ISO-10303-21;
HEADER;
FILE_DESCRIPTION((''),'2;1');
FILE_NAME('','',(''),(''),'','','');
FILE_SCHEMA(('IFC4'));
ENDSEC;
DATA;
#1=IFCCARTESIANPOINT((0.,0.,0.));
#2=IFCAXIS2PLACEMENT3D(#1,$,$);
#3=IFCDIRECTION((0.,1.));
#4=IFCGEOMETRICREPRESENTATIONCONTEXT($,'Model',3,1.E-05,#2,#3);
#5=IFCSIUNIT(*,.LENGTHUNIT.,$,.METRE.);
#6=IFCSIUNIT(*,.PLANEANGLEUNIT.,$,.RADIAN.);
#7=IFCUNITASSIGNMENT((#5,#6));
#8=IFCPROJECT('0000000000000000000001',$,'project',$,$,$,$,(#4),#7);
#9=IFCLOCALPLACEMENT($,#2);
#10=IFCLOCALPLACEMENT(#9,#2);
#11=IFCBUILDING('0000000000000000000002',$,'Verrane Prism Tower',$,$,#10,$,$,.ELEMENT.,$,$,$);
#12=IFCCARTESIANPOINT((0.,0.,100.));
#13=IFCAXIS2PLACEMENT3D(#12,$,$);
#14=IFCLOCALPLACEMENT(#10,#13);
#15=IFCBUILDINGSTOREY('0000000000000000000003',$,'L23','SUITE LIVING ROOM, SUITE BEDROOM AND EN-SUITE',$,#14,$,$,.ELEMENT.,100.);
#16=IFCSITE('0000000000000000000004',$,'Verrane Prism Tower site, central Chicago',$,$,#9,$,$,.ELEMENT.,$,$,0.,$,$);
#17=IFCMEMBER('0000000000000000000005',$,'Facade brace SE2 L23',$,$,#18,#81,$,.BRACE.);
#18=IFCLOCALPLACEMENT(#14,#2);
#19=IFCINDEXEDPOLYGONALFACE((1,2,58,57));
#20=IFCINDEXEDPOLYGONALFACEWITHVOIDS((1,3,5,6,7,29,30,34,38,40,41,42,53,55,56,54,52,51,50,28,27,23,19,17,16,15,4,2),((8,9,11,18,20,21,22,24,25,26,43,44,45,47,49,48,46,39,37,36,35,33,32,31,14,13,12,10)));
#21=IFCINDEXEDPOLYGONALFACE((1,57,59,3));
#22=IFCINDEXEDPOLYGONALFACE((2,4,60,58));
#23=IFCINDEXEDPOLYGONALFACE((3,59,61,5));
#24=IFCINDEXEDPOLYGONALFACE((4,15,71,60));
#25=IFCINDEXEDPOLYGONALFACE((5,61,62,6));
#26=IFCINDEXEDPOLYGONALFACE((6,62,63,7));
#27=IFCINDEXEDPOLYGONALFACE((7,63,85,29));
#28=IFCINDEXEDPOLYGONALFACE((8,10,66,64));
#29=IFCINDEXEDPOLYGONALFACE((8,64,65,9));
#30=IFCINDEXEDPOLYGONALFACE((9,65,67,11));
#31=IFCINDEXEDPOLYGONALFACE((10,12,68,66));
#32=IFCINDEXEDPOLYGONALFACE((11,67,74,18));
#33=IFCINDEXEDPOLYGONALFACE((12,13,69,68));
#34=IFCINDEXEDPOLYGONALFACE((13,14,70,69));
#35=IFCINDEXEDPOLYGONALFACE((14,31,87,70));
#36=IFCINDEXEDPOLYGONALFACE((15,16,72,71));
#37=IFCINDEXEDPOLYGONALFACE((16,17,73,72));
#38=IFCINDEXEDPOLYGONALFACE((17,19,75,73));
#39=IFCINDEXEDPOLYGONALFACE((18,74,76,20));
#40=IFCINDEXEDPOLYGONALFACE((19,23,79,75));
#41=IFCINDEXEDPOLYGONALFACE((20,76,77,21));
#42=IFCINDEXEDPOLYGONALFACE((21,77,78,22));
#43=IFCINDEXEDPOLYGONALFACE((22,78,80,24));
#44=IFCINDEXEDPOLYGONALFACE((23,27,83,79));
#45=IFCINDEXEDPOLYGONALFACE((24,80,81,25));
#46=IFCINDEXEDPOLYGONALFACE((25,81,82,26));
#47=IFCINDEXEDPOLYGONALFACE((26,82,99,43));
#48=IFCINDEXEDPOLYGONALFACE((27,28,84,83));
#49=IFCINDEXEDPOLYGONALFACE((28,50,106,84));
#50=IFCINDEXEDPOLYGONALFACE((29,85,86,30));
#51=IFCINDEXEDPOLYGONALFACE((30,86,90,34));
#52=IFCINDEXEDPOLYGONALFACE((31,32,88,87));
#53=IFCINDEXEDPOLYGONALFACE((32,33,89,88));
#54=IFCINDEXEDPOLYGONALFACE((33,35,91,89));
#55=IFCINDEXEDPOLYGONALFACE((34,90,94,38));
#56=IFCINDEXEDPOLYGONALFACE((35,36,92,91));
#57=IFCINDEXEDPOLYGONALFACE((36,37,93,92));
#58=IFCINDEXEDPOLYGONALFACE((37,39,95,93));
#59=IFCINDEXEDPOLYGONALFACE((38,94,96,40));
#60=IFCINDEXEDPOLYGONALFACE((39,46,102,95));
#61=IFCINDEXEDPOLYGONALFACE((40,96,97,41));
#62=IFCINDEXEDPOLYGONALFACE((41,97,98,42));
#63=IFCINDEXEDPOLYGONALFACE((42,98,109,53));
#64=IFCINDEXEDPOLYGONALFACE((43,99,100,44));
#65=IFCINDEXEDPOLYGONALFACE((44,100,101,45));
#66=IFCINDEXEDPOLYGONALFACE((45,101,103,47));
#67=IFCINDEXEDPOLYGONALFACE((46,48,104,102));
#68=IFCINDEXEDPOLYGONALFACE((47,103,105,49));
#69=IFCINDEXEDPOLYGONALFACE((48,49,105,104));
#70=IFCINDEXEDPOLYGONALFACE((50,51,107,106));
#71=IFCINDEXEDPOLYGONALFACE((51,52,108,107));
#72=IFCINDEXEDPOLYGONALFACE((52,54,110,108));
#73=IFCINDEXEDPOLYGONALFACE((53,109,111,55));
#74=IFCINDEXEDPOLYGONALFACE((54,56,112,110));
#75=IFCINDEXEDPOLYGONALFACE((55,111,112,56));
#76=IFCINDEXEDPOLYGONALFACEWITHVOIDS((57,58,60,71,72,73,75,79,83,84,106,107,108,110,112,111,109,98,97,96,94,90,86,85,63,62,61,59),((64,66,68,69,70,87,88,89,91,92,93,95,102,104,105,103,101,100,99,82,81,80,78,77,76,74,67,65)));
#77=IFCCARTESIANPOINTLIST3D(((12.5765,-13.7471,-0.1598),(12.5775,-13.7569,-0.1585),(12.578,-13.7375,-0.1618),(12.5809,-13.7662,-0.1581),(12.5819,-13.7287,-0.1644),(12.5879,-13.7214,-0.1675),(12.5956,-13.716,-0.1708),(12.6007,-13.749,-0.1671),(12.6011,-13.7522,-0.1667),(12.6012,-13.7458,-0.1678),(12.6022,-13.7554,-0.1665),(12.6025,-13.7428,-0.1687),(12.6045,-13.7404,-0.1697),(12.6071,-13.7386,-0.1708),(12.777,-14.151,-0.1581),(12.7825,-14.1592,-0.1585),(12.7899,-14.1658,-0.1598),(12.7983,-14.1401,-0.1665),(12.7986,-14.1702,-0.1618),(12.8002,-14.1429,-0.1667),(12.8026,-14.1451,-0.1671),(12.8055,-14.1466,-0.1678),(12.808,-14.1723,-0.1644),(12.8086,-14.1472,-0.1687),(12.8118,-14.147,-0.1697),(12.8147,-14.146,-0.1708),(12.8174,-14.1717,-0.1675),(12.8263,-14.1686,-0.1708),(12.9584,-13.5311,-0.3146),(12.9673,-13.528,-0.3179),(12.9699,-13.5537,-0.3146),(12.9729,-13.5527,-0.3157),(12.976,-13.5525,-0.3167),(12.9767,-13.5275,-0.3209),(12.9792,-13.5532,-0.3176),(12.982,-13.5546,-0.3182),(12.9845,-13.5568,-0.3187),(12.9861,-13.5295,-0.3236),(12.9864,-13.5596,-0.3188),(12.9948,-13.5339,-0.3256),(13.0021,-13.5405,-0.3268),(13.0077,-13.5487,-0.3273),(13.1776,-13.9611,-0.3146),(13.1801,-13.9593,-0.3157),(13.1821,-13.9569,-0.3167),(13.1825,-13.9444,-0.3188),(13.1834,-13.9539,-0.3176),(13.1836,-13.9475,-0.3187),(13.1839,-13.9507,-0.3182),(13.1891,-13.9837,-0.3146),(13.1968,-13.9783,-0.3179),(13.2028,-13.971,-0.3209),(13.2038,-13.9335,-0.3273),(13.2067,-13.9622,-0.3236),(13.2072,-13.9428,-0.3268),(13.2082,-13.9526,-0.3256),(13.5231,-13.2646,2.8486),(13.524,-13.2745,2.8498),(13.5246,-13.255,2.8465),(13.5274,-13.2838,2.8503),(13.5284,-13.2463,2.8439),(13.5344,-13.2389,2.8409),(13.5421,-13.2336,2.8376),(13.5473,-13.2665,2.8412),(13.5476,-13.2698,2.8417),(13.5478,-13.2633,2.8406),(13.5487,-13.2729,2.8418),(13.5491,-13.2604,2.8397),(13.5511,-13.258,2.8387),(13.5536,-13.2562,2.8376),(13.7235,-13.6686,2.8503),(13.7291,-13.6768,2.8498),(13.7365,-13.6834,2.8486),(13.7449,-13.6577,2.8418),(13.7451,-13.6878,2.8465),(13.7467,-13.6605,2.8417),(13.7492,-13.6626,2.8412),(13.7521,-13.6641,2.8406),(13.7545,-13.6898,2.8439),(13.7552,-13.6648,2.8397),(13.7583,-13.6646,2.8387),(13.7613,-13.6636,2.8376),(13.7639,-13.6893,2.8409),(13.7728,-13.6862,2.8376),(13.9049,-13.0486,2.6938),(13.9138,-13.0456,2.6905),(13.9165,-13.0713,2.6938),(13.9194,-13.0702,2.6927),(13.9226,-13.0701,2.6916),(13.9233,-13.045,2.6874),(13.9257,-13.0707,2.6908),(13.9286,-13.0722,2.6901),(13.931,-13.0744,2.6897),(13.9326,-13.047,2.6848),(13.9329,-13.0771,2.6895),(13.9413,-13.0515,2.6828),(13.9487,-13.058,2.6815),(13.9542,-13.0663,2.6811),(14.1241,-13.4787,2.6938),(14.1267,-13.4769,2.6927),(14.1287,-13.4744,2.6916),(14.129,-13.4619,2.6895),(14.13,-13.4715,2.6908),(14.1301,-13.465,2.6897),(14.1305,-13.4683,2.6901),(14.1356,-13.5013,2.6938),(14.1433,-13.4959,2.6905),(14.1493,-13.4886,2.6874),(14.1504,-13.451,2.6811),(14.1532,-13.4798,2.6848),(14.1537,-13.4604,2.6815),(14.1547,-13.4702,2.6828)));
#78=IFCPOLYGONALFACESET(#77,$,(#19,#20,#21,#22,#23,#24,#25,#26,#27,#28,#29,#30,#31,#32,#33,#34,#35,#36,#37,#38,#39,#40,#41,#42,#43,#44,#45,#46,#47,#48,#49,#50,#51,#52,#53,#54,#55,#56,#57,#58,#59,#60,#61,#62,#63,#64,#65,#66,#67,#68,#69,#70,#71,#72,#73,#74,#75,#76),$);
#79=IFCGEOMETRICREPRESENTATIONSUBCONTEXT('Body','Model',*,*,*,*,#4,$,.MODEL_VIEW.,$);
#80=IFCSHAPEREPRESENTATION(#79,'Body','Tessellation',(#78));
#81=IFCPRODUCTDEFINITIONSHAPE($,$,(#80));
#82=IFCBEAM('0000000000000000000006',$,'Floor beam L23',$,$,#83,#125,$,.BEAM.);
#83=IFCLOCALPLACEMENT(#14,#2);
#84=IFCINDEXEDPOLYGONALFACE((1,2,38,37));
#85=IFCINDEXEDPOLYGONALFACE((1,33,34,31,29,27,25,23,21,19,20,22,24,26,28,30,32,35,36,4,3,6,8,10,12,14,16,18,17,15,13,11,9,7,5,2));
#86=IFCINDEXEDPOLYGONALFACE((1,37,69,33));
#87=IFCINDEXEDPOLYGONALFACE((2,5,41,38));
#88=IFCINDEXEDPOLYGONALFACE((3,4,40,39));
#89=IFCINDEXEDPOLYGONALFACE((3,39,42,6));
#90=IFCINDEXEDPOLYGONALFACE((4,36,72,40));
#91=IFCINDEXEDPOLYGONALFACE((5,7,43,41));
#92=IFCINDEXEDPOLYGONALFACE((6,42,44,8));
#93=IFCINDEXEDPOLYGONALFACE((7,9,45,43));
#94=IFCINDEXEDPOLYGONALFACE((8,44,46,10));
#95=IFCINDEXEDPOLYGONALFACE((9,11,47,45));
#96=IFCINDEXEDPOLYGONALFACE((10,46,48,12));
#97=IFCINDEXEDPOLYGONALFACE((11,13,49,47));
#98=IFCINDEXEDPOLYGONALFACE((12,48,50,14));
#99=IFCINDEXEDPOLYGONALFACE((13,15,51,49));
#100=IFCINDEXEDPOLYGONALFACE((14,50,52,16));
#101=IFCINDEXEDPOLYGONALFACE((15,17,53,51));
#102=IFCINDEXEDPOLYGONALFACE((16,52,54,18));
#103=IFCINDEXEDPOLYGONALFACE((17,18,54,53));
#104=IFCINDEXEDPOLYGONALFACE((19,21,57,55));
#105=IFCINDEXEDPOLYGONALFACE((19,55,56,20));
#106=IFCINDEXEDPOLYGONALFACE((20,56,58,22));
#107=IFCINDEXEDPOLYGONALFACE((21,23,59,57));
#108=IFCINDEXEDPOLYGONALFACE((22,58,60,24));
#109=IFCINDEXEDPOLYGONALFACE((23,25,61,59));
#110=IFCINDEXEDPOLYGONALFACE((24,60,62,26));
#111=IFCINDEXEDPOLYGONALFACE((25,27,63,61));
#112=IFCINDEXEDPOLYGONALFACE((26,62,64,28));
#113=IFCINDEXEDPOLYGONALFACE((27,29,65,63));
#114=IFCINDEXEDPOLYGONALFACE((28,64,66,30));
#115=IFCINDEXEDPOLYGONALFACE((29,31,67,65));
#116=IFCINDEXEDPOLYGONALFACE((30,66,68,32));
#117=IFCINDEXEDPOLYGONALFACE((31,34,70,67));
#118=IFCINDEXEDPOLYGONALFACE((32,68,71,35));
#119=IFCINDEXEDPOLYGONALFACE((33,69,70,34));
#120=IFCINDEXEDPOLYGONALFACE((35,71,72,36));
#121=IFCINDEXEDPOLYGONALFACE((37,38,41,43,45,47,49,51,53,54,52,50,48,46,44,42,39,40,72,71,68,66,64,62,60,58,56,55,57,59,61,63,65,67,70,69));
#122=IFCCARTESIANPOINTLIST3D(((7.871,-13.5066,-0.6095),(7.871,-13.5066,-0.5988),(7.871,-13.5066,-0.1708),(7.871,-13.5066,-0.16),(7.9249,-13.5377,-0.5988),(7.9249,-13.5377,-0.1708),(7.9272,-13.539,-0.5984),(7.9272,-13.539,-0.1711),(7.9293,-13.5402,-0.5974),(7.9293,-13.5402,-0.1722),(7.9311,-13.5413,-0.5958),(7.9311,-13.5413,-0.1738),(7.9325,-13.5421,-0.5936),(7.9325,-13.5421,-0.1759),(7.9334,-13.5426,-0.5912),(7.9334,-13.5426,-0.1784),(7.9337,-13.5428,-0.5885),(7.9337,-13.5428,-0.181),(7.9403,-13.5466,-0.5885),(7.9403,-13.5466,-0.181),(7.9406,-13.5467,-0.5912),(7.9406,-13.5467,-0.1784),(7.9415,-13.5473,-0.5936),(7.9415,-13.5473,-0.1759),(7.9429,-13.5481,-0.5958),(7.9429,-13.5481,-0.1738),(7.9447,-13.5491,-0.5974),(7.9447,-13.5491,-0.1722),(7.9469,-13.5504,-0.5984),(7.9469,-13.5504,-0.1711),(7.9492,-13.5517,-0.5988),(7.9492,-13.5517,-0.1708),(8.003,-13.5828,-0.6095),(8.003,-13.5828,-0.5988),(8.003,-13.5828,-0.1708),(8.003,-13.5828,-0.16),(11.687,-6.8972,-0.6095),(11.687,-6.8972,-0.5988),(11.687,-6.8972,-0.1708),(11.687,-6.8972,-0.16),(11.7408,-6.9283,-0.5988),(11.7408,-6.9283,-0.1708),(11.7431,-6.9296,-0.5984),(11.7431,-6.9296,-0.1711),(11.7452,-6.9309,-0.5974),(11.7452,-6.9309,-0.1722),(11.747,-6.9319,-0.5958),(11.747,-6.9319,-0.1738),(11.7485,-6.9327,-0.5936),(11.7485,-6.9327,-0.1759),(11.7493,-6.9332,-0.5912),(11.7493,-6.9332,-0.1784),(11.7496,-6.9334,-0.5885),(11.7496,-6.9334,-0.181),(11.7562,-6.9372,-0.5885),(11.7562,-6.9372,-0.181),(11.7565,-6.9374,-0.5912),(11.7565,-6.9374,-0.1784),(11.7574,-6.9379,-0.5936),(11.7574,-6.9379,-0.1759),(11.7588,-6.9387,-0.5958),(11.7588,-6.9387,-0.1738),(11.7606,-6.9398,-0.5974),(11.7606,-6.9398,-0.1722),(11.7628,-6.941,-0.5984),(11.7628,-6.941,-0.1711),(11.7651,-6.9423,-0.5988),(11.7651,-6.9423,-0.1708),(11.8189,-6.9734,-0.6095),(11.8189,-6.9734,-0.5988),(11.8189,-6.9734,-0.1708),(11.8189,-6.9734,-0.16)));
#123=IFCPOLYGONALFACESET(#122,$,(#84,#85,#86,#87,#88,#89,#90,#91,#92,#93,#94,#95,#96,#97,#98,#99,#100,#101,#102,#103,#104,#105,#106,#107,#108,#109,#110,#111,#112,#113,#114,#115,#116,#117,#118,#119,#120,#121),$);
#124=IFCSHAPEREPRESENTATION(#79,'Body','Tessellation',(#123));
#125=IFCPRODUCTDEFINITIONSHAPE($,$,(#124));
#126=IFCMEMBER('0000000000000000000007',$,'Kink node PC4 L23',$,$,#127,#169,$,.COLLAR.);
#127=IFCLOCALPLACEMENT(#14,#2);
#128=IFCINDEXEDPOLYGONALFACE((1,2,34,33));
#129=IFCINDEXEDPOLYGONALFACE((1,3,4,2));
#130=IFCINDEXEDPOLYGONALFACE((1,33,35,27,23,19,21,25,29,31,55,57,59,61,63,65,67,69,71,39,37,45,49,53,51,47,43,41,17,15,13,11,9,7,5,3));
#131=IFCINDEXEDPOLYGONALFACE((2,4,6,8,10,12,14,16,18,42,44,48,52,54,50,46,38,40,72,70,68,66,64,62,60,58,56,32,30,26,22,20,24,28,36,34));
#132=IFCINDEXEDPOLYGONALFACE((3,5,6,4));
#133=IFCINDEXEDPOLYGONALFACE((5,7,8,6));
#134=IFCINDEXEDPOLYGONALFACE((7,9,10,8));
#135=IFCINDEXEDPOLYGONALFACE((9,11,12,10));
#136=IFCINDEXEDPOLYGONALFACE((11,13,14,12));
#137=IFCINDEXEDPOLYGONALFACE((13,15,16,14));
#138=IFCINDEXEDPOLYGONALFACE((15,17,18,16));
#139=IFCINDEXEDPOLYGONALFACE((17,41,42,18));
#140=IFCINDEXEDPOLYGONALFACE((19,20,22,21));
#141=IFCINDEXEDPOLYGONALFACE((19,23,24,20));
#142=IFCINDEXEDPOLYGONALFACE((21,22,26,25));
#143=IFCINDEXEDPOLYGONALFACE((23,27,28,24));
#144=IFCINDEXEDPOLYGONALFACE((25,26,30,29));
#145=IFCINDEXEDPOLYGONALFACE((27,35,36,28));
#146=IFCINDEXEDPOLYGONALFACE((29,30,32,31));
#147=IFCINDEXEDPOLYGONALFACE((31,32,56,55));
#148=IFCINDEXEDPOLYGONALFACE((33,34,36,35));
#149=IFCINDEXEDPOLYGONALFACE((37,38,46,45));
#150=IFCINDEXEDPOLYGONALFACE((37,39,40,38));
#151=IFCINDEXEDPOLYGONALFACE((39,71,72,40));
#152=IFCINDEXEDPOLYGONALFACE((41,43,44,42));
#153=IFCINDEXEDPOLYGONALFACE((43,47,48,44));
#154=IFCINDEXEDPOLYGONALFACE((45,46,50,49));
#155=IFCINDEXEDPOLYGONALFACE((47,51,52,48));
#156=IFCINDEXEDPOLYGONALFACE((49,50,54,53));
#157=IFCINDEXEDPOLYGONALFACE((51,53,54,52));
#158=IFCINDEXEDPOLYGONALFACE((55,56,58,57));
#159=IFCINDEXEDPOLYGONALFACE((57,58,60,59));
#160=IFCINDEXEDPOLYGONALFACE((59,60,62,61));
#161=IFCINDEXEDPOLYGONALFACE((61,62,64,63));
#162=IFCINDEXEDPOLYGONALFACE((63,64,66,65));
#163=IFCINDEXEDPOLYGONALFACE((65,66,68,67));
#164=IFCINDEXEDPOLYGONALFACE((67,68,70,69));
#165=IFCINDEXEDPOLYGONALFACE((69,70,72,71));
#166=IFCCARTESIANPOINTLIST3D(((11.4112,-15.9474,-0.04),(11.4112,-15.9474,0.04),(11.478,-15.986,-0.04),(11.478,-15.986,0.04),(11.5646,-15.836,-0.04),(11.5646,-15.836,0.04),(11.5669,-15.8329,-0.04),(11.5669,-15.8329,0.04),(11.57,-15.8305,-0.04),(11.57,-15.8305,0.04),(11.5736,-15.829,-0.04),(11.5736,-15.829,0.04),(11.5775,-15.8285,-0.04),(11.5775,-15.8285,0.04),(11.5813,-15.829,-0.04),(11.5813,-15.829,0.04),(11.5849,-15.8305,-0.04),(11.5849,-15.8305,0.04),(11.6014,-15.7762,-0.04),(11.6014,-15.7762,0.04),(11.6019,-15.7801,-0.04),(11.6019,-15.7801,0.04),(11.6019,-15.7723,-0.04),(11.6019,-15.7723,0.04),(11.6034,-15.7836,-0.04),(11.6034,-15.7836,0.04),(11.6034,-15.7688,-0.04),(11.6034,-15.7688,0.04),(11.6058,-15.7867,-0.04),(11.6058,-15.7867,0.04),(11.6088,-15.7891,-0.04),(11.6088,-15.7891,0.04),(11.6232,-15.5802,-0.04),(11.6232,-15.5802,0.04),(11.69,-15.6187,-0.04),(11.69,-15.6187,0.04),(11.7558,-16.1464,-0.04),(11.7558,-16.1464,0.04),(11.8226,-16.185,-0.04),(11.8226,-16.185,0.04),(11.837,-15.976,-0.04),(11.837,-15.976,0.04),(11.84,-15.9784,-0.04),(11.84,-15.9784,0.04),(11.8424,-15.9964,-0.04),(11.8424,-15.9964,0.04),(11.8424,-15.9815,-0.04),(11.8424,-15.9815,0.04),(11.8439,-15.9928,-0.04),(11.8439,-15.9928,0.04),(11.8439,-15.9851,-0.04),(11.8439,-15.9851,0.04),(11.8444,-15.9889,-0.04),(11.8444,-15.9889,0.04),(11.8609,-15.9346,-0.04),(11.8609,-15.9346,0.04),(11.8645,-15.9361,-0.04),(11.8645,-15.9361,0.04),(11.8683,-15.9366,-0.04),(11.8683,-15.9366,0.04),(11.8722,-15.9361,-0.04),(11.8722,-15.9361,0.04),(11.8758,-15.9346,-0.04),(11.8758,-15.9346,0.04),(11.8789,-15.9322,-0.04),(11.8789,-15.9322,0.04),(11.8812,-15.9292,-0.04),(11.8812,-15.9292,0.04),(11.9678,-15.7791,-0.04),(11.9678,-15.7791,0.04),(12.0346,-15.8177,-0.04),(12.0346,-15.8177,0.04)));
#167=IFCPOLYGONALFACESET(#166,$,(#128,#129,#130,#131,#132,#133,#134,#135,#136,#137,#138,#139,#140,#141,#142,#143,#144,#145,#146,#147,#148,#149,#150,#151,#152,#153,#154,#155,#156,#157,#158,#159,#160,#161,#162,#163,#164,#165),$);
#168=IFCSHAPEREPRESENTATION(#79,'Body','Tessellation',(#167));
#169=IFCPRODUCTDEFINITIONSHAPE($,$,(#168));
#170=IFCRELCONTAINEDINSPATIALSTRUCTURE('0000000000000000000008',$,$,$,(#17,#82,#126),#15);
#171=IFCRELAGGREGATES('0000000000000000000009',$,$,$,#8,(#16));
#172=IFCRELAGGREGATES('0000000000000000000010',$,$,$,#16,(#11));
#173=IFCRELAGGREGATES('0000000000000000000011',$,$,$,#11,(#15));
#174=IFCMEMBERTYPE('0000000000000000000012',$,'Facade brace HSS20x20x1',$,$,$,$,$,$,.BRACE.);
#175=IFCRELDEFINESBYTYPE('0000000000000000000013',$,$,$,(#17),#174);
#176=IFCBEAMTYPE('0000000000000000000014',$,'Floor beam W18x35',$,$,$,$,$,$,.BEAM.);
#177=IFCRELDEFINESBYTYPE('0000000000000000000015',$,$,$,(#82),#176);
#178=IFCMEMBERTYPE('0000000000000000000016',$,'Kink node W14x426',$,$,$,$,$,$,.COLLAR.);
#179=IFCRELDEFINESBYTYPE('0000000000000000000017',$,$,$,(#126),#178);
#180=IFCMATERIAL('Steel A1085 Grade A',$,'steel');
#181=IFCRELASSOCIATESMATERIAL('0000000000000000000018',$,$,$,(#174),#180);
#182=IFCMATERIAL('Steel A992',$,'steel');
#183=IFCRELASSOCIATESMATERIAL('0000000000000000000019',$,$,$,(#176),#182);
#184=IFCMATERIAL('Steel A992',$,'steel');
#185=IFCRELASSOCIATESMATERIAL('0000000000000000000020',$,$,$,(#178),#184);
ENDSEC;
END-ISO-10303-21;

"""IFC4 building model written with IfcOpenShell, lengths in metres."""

from ifc_helpers import new_model, si_unit, direction, frame, origin, origin_2d, place, context, subcontext, project, spatial, hollow_rectangle, i_section, extrude, material, material_profile, profile_set, type_object, element, save


model = new_model("IFC4")

# Units and contexts
model_context = context("Model", 3, precision=1e-05, world=origin(), true_north=direction((0.0, 1.0)))
body_context = subcontext(model_context, "Body", "Model", "MODEL_VIEW")
ifc_project = project(units=[si_unit("LENGTHUNIT", "METRE"), si_unit("PLANEANGLEUNIT", "RADIAN")], contexts=[model_context])

# Site, building, storey
site_placement = place(None, origin())
site = spatial("IfcSite", under=ifc_project, at=site_placement, Name="Verrane Prism Tower site, central Chicago", CompositionType="ELEMENT", RefElevation=0.0)
building_placement = place(site_placement, origin())
building = spatial("IfcBuilding", under=site, at=building_placement, Name="Verrane Prism Tower", CompositionType="ELEMENT")
storey_placement = place(building_placement, frame((0.0, 0.0, 100.0)))
storey = spatial("IfcBuildingStorey", under=building, at=storey_placement, Name="L23", Description="SUITE LIVING ROOM, SUITE BEDROOM AND EN-SUITE", CompositionType="ELEMENT", Elevation=100.0)

# Member
ifc_material_1 = material(Name="Steel A1085 Grade A", Category="steel")
ifc_material_profile_1 = material_profile(ifc_material_1, hollow_rectangle(XDim=0.5081, YDim=0.5081, WallThickness=0.0254, InnerFilletRadius=0.0127, OuterFilletRadius=0.0381, at=origin_2d()), Name="HSS20x20x1")
ifc_profile_set_1 = profile_set([ifc_material_profile_1], Name="Steel A1085 Grade A")
member_type_1 = type_object("IfcMemberType", Name="Facade brace HSS20x20x1", PredefinedType="BRACE", material=ifc_profile_set_1)
member_1_placement = place(storey_placement, frame((12.8923, -13.8499, -0.2427), z_axis=(0.296683, 0.151211, 0.942928), x_axis=(-0.454094, 0.890954, 0.0)))
element("IfcMember", 1, at=member_1_placement, inside=storey, type_object=member_type_1, Name="Facade brace SE2 L23", PredefinedType="BRACE", context=body_context, shape_type="SweptSolid", body=[
    extrude(hollow_rectangle(XDim=0.5081, YDim=0.5081, WallThickness=0.0254, InnerFilletRadius=0.0127, OuterFilletRadius=0.0381, at=origin_2d()), origin(), (0.0, 0.0, 1.0), 3.1904),
])

# Beam
ifc_material_2 = material(Name="Steel A992", Category="steel")
ifc_material_profile_2 = material_profile(ifc_material_2, i_section(OverallWidth=0.1523, OverallDepth=0.4495, WebThickness=0.0076, FlangeThickness=0.0107, FilletRadius=0.0103, at=origin_2d()), Name="W18x35")
ifc_profile_set_2 = profile_set([ifc_material_profile_2], Name="Steel A992")
beam_type_1 = type_object("IfcBeamType", Name="Floor beam W18x35", PredefinedType="BEAM", material=ifc_profile_set_2)
beam_1_placement = place(storey_placement, frame((7.937, -13.5447, -0.3848), z_axis=(0.499999, 0.866026, 0.0), x_axis=(-0.866026, 0.499999, 0.0)))
element("IfcBeam", 2, at=beam_1_placement, inside=storey, type_object=beam_type_1, Name="Floor beam L23", PredefinedType="BEAM", context=body_context, shape_type="SweptSolid", body=[
    extrude(i_section(OverallWidth=0.1523, OverallDepth=0.4495, WebThickness=0.0076, FlangeThickness=0.0107, FilletRadius=0.0103, at=origin_2d()), origin(), (0.0, 0.0, 1.0), 7.6318),
])

# Member
ifc_material_3 = material(Name="Steel A992", Category="steel")
ifc_material_profile_3 = material_profile(ifc_material_3, i_section(OverallWidth=0.4241, OverallDepth=0.4751, WebThickness=0.0479, FlangeThickness=0.0771, FilletRadius=0.0149, at=origin_2d()), Name="W14x426")
ifc_profile_set_3 = profile_set([ifc_material_profile_3], Name="Steel A992")
member_type_2 = type_object("IfcMemberType", Name="Kink node W14x426", PredefinedType="COLLAR", material=ifc_profile_set_3)
member_2_placement = place(storey_placement, frame((11.7229, -15.8826, -0.04), z_axis=(0.0, 0.0, 1.0), x_axis=(-0.5, -0.866025, 0.0)))
element("IfcMember", 3, at=member_2_placement, inside=storey, type_object=member_type_2, Name="Kink node PC4 L23", PredefinedType="COLLAR", context=body_context, shape_type="SweptSolid", body=[
    extrude(i_section(OverallWidth=0.4241, OverallDepth=0.4751, WebThickness=0.0479, FlangeThickness=0.0771, FilletRadius=0.0149, at=origin_2d()), origin(), (0.0, 0.0, 1.0), 0.0801),
])

save(model, "model.ifc")
